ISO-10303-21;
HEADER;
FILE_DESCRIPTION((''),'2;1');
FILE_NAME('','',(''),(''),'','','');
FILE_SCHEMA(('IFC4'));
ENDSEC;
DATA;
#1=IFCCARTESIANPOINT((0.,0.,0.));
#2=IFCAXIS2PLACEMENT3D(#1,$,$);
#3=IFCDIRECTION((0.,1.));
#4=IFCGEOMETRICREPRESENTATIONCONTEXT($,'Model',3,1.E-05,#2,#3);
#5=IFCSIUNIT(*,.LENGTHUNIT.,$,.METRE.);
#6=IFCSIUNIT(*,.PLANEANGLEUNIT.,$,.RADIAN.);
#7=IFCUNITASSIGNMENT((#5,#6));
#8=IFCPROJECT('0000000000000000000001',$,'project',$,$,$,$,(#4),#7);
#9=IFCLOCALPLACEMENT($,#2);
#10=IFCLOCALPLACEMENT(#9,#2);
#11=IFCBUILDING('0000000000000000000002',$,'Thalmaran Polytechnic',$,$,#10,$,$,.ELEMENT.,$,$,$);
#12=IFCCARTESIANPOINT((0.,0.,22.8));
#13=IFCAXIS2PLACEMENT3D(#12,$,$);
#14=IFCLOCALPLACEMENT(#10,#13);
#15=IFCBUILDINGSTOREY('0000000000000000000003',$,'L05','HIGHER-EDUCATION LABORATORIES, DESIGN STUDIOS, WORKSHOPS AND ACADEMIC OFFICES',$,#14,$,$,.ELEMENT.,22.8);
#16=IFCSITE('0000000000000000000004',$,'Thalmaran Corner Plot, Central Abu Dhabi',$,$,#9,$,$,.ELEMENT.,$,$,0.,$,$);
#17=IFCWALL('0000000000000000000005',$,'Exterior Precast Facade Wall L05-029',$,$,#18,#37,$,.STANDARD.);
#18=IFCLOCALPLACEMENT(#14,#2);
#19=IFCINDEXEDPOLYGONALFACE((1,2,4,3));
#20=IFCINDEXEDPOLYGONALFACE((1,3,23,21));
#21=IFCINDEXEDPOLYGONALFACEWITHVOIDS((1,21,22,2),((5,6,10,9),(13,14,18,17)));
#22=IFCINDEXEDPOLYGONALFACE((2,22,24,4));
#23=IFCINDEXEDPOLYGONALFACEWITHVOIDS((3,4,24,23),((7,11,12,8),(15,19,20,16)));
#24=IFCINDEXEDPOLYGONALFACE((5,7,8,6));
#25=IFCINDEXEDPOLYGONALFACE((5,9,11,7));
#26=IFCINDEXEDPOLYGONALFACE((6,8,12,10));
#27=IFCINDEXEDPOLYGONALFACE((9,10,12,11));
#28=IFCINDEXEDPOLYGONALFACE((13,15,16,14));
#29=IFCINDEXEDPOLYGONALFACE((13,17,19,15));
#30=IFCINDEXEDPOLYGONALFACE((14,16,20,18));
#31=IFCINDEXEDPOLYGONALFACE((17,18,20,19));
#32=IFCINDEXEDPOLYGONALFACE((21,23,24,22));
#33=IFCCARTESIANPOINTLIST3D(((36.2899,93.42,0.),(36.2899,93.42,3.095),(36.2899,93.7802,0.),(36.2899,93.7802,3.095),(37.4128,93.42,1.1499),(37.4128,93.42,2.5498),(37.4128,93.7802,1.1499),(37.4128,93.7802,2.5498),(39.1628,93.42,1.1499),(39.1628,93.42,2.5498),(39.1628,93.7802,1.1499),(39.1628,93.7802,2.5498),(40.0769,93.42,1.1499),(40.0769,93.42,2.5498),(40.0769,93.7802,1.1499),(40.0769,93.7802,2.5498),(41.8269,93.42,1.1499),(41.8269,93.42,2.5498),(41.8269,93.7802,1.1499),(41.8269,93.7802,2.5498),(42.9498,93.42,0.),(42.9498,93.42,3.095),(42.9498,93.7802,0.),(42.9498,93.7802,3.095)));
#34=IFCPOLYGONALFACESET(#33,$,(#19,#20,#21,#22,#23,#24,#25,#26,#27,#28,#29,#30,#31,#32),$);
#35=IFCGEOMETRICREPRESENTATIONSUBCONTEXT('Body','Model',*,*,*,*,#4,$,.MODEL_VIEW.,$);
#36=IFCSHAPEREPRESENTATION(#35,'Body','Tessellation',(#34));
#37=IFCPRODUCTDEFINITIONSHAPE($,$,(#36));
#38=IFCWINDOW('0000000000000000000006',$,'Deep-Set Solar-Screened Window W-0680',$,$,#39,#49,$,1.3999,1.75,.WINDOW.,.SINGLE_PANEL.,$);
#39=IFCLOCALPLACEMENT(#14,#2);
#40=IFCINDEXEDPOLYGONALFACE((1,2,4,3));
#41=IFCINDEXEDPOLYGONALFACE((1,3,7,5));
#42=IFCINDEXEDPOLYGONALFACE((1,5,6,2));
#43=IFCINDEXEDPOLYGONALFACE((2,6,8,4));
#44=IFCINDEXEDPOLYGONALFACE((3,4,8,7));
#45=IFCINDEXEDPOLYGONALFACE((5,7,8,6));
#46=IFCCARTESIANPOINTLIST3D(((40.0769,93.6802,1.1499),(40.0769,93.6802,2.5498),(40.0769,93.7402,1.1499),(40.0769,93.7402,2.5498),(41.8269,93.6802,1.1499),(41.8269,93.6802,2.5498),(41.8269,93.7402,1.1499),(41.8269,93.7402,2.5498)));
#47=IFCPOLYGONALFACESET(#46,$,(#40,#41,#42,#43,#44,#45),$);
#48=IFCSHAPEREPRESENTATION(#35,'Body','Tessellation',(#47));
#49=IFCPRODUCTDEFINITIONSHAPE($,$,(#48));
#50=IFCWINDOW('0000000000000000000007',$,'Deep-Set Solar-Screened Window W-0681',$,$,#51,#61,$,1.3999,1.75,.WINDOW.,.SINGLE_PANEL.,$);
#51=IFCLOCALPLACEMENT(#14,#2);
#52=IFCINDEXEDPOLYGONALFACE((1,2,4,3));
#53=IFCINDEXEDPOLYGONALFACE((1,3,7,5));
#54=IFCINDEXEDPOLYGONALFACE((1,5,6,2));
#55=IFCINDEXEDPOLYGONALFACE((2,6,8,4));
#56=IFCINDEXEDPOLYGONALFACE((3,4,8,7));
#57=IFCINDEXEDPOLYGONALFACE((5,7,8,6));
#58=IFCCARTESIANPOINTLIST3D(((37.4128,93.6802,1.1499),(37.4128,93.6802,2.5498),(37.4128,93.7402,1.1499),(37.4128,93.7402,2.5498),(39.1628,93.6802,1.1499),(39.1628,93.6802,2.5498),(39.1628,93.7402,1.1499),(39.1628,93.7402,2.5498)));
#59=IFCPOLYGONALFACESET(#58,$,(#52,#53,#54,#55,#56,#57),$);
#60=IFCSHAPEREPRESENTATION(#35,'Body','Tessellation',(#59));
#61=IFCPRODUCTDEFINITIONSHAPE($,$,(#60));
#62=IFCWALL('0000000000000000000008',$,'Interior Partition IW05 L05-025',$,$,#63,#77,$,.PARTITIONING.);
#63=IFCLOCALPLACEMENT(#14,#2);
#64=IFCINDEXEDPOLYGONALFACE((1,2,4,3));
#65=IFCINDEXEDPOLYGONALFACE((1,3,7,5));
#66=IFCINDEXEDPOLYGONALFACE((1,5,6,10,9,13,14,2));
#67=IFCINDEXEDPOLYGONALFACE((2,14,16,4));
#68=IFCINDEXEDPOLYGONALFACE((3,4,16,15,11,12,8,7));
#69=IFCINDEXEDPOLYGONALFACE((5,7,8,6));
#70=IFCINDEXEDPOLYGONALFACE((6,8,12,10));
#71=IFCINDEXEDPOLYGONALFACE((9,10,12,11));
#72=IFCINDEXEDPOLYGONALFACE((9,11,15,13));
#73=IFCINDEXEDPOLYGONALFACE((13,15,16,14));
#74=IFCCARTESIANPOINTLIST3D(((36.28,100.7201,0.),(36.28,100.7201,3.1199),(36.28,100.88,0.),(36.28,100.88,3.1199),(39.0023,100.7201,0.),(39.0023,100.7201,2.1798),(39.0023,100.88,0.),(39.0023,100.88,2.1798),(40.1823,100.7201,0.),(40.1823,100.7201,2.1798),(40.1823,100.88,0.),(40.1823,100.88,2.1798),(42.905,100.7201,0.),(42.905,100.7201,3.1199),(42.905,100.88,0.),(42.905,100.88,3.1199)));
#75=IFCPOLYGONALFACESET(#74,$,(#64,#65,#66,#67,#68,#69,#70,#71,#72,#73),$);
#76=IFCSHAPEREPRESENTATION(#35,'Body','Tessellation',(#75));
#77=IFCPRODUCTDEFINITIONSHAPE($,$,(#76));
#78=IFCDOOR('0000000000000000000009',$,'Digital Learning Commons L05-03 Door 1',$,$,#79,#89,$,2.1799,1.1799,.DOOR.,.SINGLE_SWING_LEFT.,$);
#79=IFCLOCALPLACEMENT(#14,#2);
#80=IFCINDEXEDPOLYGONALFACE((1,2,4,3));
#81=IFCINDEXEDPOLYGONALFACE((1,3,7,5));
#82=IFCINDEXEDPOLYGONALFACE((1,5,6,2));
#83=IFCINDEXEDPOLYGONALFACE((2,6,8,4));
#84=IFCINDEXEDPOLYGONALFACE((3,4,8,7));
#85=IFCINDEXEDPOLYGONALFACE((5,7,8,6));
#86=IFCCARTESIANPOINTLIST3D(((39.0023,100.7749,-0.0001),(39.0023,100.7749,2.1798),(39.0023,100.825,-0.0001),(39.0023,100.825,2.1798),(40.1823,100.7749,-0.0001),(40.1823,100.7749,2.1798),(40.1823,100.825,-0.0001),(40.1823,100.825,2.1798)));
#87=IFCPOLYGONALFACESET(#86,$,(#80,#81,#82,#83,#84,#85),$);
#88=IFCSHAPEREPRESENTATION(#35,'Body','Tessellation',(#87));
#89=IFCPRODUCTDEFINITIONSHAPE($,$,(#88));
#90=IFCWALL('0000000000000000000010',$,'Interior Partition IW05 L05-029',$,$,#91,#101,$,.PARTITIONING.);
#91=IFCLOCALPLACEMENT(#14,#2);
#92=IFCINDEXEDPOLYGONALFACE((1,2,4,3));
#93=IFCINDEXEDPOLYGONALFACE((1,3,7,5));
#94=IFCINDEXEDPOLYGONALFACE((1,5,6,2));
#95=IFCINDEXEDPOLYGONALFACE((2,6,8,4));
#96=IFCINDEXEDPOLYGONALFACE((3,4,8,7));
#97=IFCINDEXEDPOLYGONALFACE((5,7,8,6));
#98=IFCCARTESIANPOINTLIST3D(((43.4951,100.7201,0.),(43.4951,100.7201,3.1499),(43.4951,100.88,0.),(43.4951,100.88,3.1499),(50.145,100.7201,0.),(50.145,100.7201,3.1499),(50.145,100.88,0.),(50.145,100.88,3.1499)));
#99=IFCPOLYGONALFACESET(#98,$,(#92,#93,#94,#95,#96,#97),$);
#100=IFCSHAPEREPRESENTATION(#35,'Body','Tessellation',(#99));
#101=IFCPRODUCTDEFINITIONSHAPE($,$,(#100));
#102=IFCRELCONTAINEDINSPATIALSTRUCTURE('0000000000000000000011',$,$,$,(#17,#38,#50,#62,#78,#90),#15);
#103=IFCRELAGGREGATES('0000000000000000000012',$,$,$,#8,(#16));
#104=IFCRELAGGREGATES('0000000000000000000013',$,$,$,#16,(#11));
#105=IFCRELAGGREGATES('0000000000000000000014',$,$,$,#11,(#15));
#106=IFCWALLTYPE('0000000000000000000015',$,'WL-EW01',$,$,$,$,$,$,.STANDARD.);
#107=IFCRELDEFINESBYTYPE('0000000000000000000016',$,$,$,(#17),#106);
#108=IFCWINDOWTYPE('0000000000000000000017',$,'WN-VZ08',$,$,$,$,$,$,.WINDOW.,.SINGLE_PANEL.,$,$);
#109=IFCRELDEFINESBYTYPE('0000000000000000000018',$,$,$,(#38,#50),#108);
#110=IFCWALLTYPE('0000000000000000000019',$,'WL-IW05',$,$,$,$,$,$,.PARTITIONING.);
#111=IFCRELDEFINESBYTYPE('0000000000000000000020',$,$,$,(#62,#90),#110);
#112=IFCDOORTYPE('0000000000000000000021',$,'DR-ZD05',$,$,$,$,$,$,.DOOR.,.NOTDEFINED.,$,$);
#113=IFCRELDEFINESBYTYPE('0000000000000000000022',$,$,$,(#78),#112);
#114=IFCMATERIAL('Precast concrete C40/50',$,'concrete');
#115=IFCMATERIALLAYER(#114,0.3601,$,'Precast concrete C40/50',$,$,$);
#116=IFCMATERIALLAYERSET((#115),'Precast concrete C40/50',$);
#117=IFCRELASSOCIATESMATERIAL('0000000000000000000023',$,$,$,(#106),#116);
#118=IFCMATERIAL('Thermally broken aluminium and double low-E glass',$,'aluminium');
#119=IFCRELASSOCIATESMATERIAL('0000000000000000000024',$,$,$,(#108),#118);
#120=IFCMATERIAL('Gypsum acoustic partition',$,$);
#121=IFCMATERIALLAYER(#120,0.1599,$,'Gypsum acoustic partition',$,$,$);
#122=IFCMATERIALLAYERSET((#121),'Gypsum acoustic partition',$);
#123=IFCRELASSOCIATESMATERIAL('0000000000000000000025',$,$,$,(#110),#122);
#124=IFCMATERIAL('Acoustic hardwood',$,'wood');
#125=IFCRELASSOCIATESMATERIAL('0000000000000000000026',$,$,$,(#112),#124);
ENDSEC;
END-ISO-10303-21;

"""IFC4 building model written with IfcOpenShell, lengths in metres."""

from ifc_helpers import new_model, si_unit, direction, frame, frame_2d, origin, place, context, subcontext, project, spatial, rectangle, extrude, material, layer, layer_set, type_object, element, fill, save


model = new_model("IFC4")

# Units and contexts
model_context = context("Model", 3, precision=1e-05, world=origin(), true_north=direction((0.0, 1.0)))
body_context = subcontext(model_context, "Body", "Model", "MODEL_VIEW")
ifc_project = project(units=[si_unit("LENGTHUNIT", "METRE"), si_unit("PLANEANGLEUNIT", "RADIAN")], contexts=[model_context])

# Site, building, storey
site_placement = place(None, origin())
site = spatial("IfcSite", under=ifc_project, at=site_placement, Name="Thalmaran Corner Plot, Central Abu Dhabi", CompositionType="ELEMENT", RefElevation=0.0)
building_placement = place(site_placement, origin())
building = spatial("IfcBuilding", under=site, at=building_placement, Name="Thalmaran Polytechnic", CompositionType="ELEMENT")
storey_placement = place(building_placement, frame((0.0, 0.0, 22.8)))
storey = spatial("IfcBuildingStorey", under=building, at=storey_placement, Name="L05", Description="HIGHER-EDUCATION LABORATORIES, DESIGN STUDIOS, WORKSHOPS AND ACADEMIC OFFICES", CompositionType="ELEMENT", Elevation=22.8)

# Wall, openings, windows
ifc_material_1 = material(Name="Precast concrete C40/50", Category="concrete")
ifc_layer_1 = layer(ifc_material_1, 0.3601, Name="Precast concrete C40/50")
ifc_layer_set_1 = layer_set([ifc_layer_1], Name="Precast concrete C40/50")
wall_type_1 = type_object("IfcWallType", Name="WL-EW01", PredefinedType="STANDARD", material=ifc_layer_set_1)
ifc_material_2 = material(Name="Thermally broken aluminium and double low-E glass", Category="aluminium")
wall_1_placement = place(storey_placement, frame((42.95, 93.6001, 0.0), z_axis=(0.0, 0.0, 1.0), x_axis=(-1.0, 0.0, 0.0)))
wall_1 = element("IfcWall", 1, at=wall_1_placement, inside=storey, type_object=wall_type_1, Name="Exterior Precast Facade Wall L05-029", PredefinedType="STANDARD", context=body_context, shape_type="SweptSolid", body=[
    extrude(rectangle(XDim=6.6599, YDim=0.3601, at=frame_2d((3.3301, 0.0))), origin(), (0.0, 0.0, 1.0), 3.095),
])
opening_1_placement = place(wall_1_placement, frame((1.123, 0.0, 1.1499)))
opening_1 = element("IfcOpeningElement", 2, at=opening_1_placement, cuts=wall_1, PredefinedType="OPENING", context=body_context, shape_type="SweptSolid", body=[
    extrude(rectangle(XDim=1.75, YDim=1.3999, at=frame_2d((0.875, 0.7))), frame((0.0, 0.1899, 0.0), z_axis=(0.0, -1.0, 0.0), x_axis=(1.0, 0.0, 0.0)), (0.0, 0.0, 1.0), 0.3801),
])
opening_2_placement = place(wall_1_placement, frame((3.7871, 0.0, 1.1499)))
opening_2 = element("IfcOpeningElement", 3, at=opening_2_placement, cuts=wall_1, PredefinedType="OPENING", context=body_context, shape_type="SweptSolid", body=[
    extrude(rectangle(XDim=1.75, YDim=1.3999, at=frame_2d((0.875, 0.7))), frame((0.0, 0.1899, 0.0), z_axis=(0.0, -1.0, 0.0), x_axis=(1.0, 0.0, 0.0)), (0.0, 0.0, 1.0), 0.3801),
])
window_type_1 = type_object("IfcWindowType", Name="WN-VZ08", PartitioningType="SINGLE_PANEL", PredefinedType="WINDOW", material=ifc_material_2)
window_1_placement = place(opening_1_placement, origin())
window_1 = element("IfcWindow", 4, at=window_1_placement, inside=storey, type_object=window_type_1, Name="Deep-Set Solar-Screened Window W-0680", OverallHeight=1.3999, OverallWidth=1.75, PartitioningType="SINGLE_PANEL", PredefinedType="WINDOW", context=body_context, shape_type="SweptSolid", body=[
    extrude(rectangle(XDim=1.75, YDim=1.3999, at=frame_2d((0.875, 0.7))), frame((0.0, -0.0801, 0.0), z_axis=(0.0, -1.0, 0.0), x_axis=(1.0, 0.0, 0.0)), (0.0, 0.0, 1.0), 0.0601),
])
fill(opening_1, window_1)
window_2_placement = place(opening_2_placement, origin())
window_2 = element("IfcWindow", 5, at=window_2_placement, inside=storey, type_object=window_type_1, Name="Deep-Set Solar-Screened Window W-0681", OverallHeight=1.3999, OverallWidth=1.75, PartitioningType="SINGLE_PANEL", PredefinedType="WINDOW", context=body_context, shape_type="SweptSolid", body=[
    extrude(rectangle(XDim=1.75, YDim=1.3999, at=frame_2d((0.875, 0.7))), frame((0.0, -0.0801, 0.0), z_axis=(0.0, -1.0, 0.0), x_axis=(1.0, 0.0, 0.0)), (0.0, 0.0, 1.0), 0.0601),
])
fill(opening_2, window_2)

# Wall, opening, door
ifc_material_3 = material(Name="Gypsum acoustic partition")
ifc_layer_2 = layer(ifc_material_3, 0.1599, Name="Gypsum acoustic partition")
ifc_layer_set_2 = layer_set([ifc_layer_2], Name="Gypsum acoustic partition")
wall_type_2 = type_object("IfcWallType", Name="WL-IW05", PredefinedType="PARTITIONING", material=ifc_layer_set_2)
wall_2_placement = place(storey_placement, frame((36.28, 100.8, 0.0), z_axis=(0.0, 0.0, 1.0), x_axis=(1.0, 0.0, 0.0)))
wall_2 = element("IfcWall", 6, at=wall_2_placement, inside=storey, type_object=wall_type_2, Name="Interior Partition IW05 L05-025", PredefinedType="PARTITIONING", context=body_context, shape_type="SweptSolid", body=[
    extrude(rectangle(XDim=6.625, YDim=0.1599, at=frame_2d((3.3125, 0.0))), origin(), (0.0, 0.0, 1.0), 3.1199),
])
opening_3_placement = place(wall_2_placement, frame((2.7224, 0.0, 0.0)))
opening_3 = element("IfcOpeningElement", 7, at=opening_3_placement, cuts=wall_2, PredefinedType="OPENING", context=body_context, shape_type="SweptSolid", body=[
    extrude(rectangle(XDim=1.1799, YDim=2.1799, at=frame_2d((0.5898, 1.0898))), frame((0.0, 0.0898, 0.0), z_axis=(0.0, -1.0, 0.0), x_axis=(1.0, 0.0, 0.0)), (0.0, 0.0, 1.0), 0.1799),
])
ifc_material_4 = material(Name="Acoustic hardwood", Category="wood")
door_type = type_object("IfcDoorType", Name="DR-ZD05", OperationType="NOTDEFINED", PredefinedType="DOOR", material=ifc_material_4)
door_placement = place(opening_3_placement, origin())
door = element("IfcDoor", 8, at=door_placement, inside=storey, type_object=door_type, Name="Digital Learning Commons L05-03 Door 1", OperationType="SINGLE_SWING_LEFT", OverallHeight=2.1799, OverallWidth=1.1799, PredefinedType="DOOR", context=body_context, shape_type="SweptSolid", body=[
    extrude(rectangle(XDim=1.1799, YDim=2.1799, at=frame_2d((0.5898, 1.0898))), frame((0.0, 0.0249, 0.0), z_axis=(0.0, -1.0, 0.0), x_axis=(1.0, 0.0, 0.0)), (0.0, 0.0, 1.0), 0.05),
])
fill(opening_3, door)

# Wall
wall_3_placement = place(storey_placement, frame((43.4951, 100.8, 0.0), z_axis=(0.0, 0.0, 1.0), x_axis=(1.0, 0.0, 0.0)))
element("IfcWall", 9, at=wall_3_placement, inside=storey, type_object=wall_type_2, Name="Interior Partition IW05 L05-029", PredefinedType="PARTITIONING", context=body_context, shape_type="SweptSolid", body=[
    extrude(rectangle(XDim=6.6499, YDim=0.1599, at=frame_2d((3.325, 0.0))), origin(), (0.0, 0.0, 1.0), 3.1499),
])

save(model, "model.ifc")
